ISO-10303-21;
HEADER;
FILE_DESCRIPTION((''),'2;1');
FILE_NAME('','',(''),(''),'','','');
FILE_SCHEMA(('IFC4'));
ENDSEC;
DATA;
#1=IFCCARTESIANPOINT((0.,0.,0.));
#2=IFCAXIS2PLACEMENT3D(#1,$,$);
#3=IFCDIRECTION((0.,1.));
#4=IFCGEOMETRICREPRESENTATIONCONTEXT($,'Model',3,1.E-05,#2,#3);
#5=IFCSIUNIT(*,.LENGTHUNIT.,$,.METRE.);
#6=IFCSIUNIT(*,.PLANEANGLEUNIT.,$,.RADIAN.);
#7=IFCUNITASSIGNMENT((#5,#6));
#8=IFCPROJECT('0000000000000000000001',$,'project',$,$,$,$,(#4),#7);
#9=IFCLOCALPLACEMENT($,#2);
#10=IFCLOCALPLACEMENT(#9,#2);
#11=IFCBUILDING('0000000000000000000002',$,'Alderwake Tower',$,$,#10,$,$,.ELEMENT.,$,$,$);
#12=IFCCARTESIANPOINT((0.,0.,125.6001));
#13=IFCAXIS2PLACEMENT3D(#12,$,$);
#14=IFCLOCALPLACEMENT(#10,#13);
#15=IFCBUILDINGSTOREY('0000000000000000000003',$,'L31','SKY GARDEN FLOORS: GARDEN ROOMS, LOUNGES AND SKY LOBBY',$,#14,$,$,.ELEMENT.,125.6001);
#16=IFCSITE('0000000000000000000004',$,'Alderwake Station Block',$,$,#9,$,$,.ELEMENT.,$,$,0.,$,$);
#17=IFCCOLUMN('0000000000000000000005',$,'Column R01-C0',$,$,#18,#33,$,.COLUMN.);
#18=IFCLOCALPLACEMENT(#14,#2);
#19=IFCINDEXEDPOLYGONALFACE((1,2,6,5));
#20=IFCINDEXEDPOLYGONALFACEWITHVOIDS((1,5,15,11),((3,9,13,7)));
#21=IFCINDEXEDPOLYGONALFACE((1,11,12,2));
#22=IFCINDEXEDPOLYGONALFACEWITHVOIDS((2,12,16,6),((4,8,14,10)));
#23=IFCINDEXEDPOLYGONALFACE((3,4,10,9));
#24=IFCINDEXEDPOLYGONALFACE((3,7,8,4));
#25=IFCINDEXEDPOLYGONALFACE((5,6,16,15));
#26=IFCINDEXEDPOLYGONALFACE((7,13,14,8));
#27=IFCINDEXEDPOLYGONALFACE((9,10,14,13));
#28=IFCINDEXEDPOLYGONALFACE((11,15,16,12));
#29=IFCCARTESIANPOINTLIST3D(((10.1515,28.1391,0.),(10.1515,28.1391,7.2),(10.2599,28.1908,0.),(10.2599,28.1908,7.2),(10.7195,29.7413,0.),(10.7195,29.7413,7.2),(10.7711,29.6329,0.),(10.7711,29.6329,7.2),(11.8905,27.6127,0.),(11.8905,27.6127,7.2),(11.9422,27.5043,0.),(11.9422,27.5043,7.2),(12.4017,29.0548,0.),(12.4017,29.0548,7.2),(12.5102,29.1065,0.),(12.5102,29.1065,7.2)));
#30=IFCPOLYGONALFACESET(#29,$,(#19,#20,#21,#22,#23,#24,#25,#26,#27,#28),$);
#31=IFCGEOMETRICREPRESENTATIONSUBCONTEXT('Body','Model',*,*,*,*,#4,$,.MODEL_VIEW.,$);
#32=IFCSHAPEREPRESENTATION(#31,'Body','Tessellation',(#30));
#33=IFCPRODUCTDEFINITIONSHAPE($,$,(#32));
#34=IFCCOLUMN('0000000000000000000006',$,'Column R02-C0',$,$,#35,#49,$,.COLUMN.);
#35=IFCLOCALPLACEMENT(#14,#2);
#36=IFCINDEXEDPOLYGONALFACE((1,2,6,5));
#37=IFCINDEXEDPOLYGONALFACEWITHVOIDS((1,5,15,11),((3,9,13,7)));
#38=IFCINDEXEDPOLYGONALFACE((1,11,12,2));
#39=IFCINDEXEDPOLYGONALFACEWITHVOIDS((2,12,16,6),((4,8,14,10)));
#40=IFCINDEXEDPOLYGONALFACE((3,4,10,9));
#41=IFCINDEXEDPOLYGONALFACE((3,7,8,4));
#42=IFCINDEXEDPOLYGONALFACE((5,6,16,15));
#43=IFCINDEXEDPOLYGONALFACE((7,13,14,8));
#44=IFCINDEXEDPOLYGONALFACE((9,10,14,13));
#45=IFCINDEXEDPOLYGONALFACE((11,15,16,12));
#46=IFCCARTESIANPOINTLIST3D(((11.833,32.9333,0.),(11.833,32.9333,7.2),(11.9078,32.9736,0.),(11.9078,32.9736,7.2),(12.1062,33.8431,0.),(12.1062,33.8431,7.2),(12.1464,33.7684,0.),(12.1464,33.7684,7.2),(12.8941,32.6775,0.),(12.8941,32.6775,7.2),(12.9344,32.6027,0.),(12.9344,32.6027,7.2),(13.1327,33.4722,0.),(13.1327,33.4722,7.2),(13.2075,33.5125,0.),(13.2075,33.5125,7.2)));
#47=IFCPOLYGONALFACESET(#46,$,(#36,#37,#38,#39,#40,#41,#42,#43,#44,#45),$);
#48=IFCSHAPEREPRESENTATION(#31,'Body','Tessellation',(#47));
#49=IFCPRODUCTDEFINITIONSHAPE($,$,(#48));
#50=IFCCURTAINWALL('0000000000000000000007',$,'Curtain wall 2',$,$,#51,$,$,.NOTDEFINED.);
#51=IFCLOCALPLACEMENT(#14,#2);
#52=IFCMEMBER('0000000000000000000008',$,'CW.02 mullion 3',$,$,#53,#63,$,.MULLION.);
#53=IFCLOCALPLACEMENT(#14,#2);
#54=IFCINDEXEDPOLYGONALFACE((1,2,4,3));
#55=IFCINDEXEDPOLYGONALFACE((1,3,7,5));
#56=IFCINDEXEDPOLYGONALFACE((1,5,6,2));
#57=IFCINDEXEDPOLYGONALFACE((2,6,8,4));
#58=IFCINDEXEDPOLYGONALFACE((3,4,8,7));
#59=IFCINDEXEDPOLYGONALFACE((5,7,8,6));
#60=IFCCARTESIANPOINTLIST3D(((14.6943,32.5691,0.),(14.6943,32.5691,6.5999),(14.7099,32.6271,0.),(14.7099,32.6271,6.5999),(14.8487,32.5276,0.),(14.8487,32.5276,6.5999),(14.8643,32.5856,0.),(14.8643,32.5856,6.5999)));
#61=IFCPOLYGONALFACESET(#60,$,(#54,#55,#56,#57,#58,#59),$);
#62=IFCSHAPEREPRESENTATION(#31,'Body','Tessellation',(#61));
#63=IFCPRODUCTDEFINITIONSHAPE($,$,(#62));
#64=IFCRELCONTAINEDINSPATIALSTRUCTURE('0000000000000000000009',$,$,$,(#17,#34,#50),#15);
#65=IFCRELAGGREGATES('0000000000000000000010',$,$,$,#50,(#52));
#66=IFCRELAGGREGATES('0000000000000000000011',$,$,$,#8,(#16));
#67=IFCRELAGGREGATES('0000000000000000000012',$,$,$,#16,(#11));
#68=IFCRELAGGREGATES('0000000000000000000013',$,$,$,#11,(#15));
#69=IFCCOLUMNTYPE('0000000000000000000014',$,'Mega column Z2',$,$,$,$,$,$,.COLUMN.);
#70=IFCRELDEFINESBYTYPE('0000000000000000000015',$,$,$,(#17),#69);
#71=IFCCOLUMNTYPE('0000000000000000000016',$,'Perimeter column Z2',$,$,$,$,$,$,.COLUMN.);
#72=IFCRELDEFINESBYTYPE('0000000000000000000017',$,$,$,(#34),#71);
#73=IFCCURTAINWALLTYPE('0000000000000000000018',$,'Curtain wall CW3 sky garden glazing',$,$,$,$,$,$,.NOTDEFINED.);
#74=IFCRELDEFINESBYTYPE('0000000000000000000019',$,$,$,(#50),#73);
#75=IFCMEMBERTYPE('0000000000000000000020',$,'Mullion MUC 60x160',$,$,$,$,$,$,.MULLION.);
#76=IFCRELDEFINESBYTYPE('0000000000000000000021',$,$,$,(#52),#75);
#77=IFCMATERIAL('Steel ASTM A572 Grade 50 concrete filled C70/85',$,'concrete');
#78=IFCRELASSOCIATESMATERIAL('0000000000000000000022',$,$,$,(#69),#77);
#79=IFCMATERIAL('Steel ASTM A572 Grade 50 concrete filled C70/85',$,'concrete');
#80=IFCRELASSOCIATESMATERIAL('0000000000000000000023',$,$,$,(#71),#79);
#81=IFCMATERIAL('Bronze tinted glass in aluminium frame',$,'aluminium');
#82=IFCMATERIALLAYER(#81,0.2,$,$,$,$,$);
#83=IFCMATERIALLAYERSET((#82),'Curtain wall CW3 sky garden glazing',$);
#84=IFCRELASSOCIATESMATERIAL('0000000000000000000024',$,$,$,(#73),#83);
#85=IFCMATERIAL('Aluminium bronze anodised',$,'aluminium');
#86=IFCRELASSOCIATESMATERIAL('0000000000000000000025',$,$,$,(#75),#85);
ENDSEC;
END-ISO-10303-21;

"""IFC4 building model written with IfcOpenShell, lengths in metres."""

from ifc_helpers import new_model, si_unit, direction, frame, origin, origin_2d, place, context, subcontext, project, spatial, rectangle, hollow_rectangle, extrude, material, layer, layer_set, material_profile, profile_set, type_object, element, aggregate, save


model = new_model("IFC4")

# Units and contexts
model_context = context("Model", 3, precision=1e-05, world=origin(), true_north=direction((0.0, 1.0)))
body_context = subcontext(model_context, "Body", "Model", "MODEL_VIEW")
ifc_project = project(units=[si_unit("LENGTHUNIT", "METRE"), si_unit("PLANEANGLEUNIT", "RADIAN")], contexts=[model_context])

# Site, building, storey
site_placement = place(None, origin())
site = spatial("IfcSite", under=ifc_project, at=site_placement, Name="Alderwake Station Block", CompositionType="ELEMENT", RefElevation=0.0)
building_placement = place(site_placement, origin())
building = spatial("IfcBuilding", under=site, at=building_placement, Name="Alderwake Tower", CompositionType="ELEMENT")
storey_placement = place(building_placement, frame((0.0, 0.0, 125.6001)))
storey = spatial("IfcBuildingStorey", under=building, at=storey_placement, Name="L31", Description="SKY GARDEN FLOORS: GARDEN ROOMS, LOUNGES AND SKY LOBBY", CompositionType="ELEMENT", Elevation=125.6001)

# Columns
ifc_material_1 = material(Name="Steel ASTM A572 Grade 50 concrete filled C70/85", Category="concrete")
ifc_material_profile_1 = material_profile(ifc_material_1, hollow_rectangle(XDim=1.7, YDim=1.8999, WallThickness=0.085, at=origin_2d()), Name="BOX 1900X1700X85")
ifc_profile_set_1 = profile_set([ifc_material_profile_1], Name="Steel ASTM A572 Grade 50 concrete filled C70/85")
column_type_1 = type_object("IfcColumnType", Name="Mega column Z2", PredefinedType="COLUMN", material=ifc_profile_set_1)
column_1_placement = place(storey_placement, frame((11.3308, 28.6228, 0.0), z_axis=(0.0, 0.0, 1.0), x_axis=(0.334131, 0.942527, 0.0)))
element("IfcColumn", 1, at=column_1_placement, inside=storey, type_object=column_type_1, Name="Column R01-C0", PredefinedType="COLUMN", context=body_context, shape_type="SweptSolid", body=[
    extrude(hollow_rectangle(XDim=1.7, YDim=1.8999, WallThickness=0.085, at=origin_2d()), origin(), (0.0, 0.0, 1.0), 7.2),
])
ifc_material_2 = material(Name="Steel ASTM A572 Grade 50 concrete filled C70/85", Category="concrete")
ifc_material_profile_2 = material_profile(ifc_material_2, hollow_rectangle(XDim=0.95, YDim=1.1499, WallThickness=0.0601, at=origin_2d()), Name="BOX 1150X950X60")
ifc_profile_set_2 = profile_set([ifc_material_profile_2], Name="Steel ASTM A572 Grade 50 concrete filled C70/85")
column_type_2 = type_object("IfcColumnType", Name="Perimeter column Z2", PredefinedType="COLUMN", material=ifc_profile_set_2)
column_2_placement = place(storey_placement, frame((12.5203, 33.2229, 0.0), z_axis=(0.0, 0.0, 1.0), x_axis=(0.287549, 0.957766, 0.0)))
element("IfcColumn", 2, at=column_2_placement, inside=storey, type_object=column_type_2, Name="Column R02-C0", PredefinedType="COLUMN", context=body_context, shape_type="SweptSolid", body=[
    extrude(hollow_rectangle(XDim=0.95, YDim=1.1499, WallThickness=0.0601, at=origin_2d()), origin(), (0.0, 0.0, 1.0), 7.2),
])

# Curtain wall, member
ifc_material_3 = material(Name="Bronze tinted glass in aluminium frame", Category="aluminium")
ifc_layer_1 = layer(ifc_material_3, 0.2)
ifc_layer_set_1 = layer_set([ifc_layer_1], Name="Curtain wall CW3 sky garden glazing")
curtain_wall_type = type_object("IfcCurtainWallType", Name="Curtain wall CW3 sky garden glazing", PredefinedType="NOTDEFINED", material=ifc_layer_set_1)
curtain_wall_placement = place(storey_placement, origin())
curtain_wall = element("IfcCurtainWall", 3, at=curtain_wall_placement, inside=storey, type_object=curtain_wall_type, Name="Curtain wall 2", PredefinedType="NOTDEFINED")
ifc_material_4 = material(Name="Aluminium bronze anodised", Category="aluminium")
ifc_material_profile_3 = material_profile(ifc_material_4, rectangle(XDim=0.1599, YDim=0.0601, at=origin_2d()), Name="Mullion MUC 60x160")
ifc_profile_set_3 = profile_set([ifc_material_profile_3], Name="Aluminium bronze anodised")
member_type = type_object("IfcMemberType", Name="Mullion MUC 60x160", PredefinedType="MULLION", material=ifc_profile_set_3)
member_placement = place(storey_placement, frame((14.7793, 32.5774, 0.0), z_axis=(0.0, 0.0, 1.0), x_axis=(0.965748, -0.259484, 0.0)))
member = element("IfcMember", 4, at=member_placement, type_object=member_type, Name="CW.02 mullion 3", PredefinedType="MULLION", context=body_context, shape_type="SweptSolid", body=[
    extrude(rectangle(XDim=0.1599, YDim=0.0601, at=origin_2d()), origin(), (0.0, 0.0, 1.0), 6.5999),
])
aggregate(curtain_wall, [member])

save(model, "model.ifc")
